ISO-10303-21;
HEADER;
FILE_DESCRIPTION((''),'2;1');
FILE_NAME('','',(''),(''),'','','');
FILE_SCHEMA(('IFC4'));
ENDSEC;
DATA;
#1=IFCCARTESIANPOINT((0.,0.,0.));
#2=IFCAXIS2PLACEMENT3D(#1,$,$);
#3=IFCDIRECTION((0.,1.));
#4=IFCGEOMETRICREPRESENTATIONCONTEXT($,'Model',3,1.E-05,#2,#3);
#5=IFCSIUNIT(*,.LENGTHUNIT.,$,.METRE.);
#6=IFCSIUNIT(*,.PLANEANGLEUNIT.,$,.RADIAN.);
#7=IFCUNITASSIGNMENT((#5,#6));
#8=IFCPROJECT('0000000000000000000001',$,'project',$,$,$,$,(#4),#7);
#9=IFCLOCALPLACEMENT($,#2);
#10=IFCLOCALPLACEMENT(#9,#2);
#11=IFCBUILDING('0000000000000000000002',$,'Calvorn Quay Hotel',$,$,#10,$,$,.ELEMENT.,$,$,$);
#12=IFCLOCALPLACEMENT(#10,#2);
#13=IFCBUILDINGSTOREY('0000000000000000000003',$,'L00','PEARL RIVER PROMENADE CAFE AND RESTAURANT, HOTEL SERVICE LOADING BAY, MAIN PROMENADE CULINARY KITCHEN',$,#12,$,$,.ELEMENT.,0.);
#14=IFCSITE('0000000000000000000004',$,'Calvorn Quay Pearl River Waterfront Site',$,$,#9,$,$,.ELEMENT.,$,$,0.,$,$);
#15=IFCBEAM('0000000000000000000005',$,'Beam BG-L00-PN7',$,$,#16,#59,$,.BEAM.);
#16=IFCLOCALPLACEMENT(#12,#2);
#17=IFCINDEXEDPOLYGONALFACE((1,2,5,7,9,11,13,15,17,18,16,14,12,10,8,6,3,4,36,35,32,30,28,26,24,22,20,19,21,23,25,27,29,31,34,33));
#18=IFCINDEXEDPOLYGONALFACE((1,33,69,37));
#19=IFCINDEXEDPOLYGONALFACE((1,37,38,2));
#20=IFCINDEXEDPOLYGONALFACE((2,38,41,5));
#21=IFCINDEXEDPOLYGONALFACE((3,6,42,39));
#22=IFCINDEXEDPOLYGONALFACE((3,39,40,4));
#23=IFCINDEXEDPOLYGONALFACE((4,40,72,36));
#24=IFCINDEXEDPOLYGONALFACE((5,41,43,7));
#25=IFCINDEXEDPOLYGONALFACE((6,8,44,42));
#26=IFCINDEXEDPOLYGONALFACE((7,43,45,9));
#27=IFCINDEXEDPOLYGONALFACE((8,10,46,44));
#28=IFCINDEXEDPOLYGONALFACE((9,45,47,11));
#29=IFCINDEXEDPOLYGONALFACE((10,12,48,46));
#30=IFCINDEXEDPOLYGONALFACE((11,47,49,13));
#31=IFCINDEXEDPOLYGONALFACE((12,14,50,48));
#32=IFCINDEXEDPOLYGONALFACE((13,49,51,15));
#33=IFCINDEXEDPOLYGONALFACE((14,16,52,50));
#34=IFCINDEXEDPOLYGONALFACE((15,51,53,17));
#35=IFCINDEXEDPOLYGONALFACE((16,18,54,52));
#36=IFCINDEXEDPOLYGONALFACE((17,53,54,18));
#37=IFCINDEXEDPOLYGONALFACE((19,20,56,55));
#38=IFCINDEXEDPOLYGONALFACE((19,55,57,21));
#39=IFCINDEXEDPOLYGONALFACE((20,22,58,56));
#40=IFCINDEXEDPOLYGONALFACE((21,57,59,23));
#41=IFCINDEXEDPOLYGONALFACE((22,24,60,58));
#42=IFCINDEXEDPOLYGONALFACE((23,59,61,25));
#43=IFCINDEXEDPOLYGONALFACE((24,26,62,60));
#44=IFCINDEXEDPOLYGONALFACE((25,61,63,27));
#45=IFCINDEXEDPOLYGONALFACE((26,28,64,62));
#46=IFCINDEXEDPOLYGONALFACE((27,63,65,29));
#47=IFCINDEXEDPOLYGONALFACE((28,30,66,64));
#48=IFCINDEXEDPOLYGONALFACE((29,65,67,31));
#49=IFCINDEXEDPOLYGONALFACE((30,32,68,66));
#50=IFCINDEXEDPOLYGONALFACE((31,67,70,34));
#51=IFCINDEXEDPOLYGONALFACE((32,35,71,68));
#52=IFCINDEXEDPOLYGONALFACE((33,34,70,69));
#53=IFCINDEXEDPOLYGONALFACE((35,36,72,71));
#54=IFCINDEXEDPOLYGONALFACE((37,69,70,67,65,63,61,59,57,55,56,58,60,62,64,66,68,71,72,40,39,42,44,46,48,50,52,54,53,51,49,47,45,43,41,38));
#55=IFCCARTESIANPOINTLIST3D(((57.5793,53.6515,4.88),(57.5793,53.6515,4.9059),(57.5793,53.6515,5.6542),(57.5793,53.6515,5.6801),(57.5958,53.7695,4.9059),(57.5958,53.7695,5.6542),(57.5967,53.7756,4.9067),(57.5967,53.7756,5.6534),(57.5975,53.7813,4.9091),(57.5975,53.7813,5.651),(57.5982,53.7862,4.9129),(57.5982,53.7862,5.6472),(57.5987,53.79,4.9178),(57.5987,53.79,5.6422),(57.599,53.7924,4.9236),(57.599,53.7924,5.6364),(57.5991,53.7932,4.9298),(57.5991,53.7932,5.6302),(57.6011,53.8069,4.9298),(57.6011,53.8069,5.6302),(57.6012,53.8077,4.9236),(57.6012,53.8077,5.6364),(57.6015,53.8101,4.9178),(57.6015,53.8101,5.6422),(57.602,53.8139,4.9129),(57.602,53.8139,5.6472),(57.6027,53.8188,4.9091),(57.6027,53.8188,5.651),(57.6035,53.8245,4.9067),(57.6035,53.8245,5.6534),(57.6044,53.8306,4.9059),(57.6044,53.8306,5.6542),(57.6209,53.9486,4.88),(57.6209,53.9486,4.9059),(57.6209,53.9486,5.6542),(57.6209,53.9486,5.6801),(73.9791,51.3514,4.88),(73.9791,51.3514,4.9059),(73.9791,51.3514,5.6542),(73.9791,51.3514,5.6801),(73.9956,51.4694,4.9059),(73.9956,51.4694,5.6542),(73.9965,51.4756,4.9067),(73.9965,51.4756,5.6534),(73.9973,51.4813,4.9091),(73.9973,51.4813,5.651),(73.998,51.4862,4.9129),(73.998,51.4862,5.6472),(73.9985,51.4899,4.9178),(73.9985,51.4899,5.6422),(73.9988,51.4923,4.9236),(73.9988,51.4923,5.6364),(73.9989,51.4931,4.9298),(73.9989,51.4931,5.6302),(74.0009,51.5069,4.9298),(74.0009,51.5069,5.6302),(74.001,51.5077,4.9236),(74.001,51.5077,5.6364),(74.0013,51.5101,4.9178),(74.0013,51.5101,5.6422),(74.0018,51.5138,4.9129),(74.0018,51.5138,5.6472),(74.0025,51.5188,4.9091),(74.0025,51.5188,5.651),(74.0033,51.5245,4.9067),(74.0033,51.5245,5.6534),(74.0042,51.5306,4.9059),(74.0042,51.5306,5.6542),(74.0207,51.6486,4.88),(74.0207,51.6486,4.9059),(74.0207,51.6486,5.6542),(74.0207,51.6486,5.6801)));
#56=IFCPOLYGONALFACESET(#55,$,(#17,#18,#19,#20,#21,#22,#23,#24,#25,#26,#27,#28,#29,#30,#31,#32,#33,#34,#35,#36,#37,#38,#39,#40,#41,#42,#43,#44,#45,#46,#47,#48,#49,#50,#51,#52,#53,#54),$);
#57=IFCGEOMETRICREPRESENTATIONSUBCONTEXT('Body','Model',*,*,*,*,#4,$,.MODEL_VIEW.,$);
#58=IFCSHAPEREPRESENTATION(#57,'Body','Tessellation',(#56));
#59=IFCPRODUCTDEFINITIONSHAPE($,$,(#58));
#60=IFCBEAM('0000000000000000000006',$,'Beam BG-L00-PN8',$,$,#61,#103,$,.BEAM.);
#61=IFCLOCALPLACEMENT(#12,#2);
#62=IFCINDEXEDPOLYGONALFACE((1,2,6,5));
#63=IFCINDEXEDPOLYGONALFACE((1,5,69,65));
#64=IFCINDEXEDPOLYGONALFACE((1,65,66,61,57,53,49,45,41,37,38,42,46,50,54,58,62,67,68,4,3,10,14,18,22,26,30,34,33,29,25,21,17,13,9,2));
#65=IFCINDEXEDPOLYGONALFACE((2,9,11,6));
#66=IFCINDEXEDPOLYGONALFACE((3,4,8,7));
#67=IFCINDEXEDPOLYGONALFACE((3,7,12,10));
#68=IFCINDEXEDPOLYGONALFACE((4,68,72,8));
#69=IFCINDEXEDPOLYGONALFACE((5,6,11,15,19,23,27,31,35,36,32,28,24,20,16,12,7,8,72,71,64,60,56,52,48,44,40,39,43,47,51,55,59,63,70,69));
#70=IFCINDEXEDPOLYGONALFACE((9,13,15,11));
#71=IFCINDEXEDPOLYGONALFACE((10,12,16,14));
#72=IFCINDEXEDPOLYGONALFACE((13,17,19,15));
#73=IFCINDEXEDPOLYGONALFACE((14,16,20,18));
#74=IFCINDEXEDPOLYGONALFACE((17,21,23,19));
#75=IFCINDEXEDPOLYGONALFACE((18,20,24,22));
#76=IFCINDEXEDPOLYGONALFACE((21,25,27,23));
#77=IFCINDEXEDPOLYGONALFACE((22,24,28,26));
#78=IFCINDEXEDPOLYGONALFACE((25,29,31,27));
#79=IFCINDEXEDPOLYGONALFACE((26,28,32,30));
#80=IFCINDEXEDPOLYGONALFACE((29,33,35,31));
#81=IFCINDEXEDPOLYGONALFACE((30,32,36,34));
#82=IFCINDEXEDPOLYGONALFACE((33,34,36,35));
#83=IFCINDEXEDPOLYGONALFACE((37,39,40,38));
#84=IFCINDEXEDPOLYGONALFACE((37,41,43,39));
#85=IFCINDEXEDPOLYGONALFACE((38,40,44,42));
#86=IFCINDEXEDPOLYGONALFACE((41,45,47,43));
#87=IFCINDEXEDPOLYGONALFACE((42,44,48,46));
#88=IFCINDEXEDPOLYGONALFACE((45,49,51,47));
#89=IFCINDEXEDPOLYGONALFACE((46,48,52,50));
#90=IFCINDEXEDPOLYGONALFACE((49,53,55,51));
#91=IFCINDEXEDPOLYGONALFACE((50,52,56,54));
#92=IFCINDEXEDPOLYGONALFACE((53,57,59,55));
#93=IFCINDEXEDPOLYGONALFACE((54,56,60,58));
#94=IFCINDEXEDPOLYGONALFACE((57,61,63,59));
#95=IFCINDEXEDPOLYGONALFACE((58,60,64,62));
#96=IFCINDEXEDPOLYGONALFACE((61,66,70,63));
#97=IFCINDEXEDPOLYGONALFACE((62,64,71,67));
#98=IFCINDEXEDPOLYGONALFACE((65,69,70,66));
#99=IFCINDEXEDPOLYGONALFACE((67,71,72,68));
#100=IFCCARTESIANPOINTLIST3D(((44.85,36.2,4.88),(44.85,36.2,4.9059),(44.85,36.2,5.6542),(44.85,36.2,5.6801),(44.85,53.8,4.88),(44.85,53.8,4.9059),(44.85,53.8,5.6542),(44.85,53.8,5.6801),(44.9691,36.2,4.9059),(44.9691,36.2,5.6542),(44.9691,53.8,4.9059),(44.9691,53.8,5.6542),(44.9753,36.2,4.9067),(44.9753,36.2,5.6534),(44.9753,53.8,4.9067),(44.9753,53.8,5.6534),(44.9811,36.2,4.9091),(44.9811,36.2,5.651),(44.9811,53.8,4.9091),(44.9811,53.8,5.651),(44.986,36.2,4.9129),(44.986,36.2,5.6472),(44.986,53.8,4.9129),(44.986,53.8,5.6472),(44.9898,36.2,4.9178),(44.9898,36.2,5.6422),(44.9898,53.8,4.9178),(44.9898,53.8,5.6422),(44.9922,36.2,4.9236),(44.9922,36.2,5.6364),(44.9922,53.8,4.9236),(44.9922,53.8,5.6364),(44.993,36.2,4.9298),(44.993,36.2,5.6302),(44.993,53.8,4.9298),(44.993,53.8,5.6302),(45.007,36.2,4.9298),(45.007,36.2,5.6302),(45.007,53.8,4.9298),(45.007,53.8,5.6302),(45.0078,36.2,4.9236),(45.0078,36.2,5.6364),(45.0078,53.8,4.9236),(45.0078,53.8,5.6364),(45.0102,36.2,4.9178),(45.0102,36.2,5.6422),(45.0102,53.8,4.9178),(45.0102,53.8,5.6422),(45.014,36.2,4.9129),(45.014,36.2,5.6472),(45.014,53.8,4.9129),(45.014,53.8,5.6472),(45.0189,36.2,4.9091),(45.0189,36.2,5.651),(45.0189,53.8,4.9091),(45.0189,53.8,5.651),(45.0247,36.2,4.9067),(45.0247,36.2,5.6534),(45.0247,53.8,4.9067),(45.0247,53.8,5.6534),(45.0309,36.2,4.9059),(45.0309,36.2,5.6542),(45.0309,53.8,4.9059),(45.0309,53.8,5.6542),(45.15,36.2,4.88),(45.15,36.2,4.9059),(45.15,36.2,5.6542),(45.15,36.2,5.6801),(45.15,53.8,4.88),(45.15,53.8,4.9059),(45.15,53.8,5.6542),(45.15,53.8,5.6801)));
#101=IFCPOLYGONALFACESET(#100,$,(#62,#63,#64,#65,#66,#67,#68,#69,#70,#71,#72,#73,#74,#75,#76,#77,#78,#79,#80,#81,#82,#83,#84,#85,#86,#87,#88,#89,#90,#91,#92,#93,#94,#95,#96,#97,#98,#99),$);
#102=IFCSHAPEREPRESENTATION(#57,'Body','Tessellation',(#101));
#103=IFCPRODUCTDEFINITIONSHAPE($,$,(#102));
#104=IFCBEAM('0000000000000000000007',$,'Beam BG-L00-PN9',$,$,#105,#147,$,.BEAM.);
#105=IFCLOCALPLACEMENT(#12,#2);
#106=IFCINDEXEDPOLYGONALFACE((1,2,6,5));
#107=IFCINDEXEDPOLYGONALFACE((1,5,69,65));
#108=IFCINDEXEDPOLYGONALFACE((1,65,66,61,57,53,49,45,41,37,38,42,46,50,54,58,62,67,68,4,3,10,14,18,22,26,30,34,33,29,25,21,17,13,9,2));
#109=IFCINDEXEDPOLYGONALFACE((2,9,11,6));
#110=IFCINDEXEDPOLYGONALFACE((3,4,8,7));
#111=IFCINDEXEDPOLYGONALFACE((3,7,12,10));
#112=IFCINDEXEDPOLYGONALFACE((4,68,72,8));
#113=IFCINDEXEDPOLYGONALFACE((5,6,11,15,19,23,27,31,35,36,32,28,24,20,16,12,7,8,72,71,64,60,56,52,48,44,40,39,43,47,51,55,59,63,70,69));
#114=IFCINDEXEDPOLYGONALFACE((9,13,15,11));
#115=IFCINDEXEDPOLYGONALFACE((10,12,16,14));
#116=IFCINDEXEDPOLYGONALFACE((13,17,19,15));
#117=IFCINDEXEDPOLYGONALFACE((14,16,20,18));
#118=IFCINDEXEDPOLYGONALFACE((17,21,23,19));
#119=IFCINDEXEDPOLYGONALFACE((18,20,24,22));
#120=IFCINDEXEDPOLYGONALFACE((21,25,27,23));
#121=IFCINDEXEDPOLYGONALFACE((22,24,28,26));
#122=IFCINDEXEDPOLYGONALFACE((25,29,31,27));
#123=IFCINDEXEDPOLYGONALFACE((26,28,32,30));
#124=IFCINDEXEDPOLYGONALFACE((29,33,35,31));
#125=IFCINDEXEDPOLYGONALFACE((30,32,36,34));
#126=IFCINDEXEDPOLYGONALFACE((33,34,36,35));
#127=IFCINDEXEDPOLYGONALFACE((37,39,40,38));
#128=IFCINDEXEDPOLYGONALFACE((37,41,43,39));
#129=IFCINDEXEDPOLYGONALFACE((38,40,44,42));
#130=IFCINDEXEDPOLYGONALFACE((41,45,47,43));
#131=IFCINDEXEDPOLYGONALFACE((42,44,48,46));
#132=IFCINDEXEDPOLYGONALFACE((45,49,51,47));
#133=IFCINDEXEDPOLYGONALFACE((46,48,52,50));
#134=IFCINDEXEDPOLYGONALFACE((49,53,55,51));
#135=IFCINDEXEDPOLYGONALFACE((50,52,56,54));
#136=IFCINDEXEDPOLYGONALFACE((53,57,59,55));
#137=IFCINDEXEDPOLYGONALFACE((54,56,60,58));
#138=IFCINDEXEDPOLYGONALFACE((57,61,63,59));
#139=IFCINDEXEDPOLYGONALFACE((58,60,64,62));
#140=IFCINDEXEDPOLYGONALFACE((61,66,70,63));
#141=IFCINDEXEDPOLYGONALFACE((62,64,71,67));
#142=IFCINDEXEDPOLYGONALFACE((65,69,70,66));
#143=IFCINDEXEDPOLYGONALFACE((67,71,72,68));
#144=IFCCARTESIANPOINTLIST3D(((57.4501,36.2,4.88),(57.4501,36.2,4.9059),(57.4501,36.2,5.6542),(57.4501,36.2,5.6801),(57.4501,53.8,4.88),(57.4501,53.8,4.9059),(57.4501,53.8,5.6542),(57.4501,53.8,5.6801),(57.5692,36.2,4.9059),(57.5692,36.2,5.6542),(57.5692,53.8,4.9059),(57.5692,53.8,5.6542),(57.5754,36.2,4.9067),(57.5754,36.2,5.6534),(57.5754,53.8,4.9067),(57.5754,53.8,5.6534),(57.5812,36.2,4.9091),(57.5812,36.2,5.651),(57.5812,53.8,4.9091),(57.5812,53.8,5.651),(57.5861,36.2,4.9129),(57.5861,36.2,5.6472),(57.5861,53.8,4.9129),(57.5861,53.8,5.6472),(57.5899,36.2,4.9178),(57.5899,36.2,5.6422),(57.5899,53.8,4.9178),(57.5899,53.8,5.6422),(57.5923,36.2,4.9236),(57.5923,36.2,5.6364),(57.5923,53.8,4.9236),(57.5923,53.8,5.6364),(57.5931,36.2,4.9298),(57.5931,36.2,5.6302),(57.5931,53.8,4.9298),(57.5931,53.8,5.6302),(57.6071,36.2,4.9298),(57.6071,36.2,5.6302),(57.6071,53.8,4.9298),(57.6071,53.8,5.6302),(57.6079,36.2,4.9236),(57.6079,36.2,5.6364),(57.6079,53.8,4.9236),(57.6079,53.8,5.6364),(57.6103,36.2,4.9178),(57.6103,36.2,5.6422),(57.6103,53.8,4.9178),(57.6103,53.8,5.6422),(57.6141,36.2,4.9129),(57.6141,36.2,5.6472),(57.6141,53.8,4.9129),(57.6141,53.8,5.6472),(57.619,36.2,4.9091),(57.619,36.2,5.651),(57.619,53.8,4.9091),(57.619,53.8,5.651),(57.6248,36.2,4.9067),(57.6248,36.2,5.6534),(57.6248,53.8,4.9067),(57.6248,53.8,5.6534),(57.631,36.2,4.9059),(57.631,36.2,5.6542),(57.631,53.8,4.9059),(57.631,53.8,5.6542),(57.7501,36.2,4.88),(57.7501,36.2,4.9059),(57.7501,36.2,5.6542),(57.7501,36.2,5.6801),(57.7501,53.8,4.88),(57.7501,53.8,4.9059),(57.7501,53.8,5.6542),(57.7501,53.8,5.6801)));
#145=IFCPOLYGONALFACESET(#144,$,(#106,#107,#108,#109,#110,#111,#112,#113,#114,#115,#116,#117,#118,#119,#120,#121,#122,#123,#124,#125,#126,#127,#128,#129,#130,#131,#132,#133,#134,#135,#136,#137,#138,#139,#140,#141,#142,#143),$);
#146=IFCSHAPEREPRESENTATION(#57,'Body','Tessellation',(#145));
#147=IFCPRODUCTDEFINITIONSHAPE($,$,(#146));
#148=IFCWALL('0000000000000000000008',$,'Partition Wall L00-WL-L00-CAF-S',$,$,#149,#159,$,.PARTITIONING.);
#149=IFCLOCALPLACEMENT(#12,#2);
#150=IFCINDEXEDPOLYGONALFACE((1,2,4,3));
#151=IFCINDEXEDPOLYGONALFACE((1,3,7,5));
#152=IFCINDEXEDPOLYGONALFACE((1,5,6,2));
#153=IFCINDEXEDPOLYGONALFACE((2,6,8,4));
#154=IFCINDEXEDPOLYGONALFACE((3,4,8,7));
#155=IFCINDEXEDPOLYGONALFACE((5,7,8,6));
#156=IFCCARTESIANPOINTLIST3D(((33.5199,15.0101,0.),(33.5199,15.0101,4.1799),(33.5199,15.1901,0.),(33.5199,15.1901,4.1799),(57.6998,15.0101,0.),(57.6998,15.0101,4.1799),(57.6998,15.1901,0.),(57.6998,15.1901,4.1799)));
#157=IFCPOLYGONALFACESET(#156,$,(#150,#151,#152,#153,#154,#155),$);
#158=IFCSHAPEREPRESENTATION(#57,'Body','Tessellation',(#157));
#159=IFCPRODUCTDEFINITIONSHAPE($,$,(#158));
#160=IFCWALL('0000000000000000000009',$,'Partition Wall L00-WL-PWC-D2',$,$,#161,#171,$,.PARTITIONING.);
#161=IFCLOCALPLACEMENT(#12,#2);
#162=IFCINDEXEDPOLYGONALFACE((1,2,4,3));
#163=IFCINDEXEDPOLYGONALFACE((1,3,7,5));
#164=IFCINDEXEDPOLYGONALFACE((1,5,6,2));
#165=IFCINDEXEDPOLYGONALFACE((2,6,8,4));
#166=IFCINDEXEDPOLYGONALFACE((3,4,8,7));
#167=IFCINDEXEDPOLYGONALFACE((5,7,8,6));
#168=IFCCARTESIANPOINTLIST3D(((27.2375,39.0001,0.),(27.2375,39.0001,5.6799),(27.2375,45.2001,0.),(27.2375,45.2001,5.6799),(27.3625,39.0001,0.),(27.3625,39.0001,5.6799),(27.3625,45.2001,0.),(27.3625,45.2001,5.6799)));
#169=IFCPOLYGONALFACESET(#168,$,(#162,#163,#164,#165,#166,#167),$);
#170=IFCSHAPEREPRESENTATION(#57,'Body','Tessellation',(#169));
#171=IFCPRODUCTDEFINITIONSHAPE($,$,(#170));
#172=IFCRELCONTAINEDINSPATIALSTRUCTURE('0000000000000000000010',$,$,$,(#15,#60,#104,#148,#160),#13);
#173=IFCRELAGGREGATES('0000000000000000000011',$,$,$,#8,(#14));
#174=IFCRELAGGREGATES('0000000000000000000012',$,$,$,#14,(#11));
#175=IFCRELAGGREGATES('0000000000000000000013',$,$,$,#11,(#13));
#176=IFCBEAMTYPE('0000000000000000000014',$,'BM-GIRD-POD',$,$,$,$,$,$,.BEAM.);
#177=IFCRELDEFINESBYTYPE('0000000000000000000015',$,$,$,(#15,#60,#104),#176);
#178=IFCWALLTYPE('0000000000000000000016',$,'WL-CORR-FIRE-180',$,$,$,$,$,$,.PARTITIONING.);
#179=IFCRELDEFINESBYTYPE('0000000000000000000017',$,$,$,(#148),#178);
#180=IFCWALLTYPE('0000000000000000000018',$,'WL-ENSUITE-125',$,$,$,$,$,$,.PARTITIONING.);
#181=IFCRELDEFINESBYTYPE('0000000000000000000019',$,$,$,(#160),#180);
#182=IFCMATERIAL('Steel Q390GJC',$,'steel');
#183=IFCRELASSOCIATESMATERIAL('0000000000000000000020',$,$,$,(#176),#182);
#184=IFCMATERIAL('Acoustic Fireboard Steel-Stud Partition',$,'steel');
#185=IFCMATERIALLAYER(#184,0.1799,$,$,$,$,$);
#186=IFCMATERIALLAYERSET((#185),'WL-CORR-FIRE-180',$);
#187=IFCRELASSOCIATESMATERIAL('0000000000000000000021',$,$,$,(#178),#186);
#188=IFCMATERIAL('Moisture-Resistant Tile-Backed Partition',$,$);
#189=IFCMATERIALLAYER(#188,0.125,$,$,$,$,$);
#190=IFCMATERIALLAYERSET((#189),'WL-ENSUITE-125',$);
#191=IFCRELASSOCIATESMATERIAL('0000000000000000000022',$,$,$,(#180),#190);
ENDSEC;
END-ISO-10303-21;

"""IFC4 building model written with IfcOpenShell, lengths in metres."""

from ifc_helpers import new_model, si_unit, direction, frame, frame_2d, origin, origin_2d, place, context, subcontext, project, spatial, rectangle, i_section, extrude, material, layer, layer_set, material_profile, profile_set, type_object, element, save


model = new_model("IFC4")

# Units and contexts
model_context = context("Model", 3, precision=1e-05, world=origin(), true_north=direction((0.0, 1.0)))
body_context = subcontext(model_context, "Body", "Model", "MODEL_VIEW")
ifc_project = project(units=[si_unit("LENGTHUNIT", "METRE"), si_unit("PLANEANGLEUNIT", "RADIAN")], contexts=[model_context])

# Site, building, storey
site_placement = place(None, origin())
site = spatial("IfcSite", under=ifc_project, at=site_placement, Name="Calvorn Quay Pearl River Waterfront Site", CompositionType="ELEMENT", RefElevation=0.0)
building_placement = place(site_placement, origin())
building = spatial("IfcBuilding", under=site, at=building_placement, Name="Calvorn Quay Hotel", CompositionType="ELEMENT")
storey_placement = place(building_placement, origin())
storey = spatial("IfcBuildingStorey", under=building, at=storey_placement, Name="L00", Description="PEARL RIVER PROMENADE CAFE AND RESTAURANT, HOTEL SERVICE LOADING BAY, MAIN PROMENADE CULINARY KITCHEN", CompositionType="ELEMENT", Elevation=0.0)

# Beams
ifc_material_1 = material(Name="Steel Q390GJC", Category="steel")
ifc_material_profile_1 = material_profile(ifc_material_1, i_section(OverallWidth=0.3, OverallDepth=0.8, WebThickness=0.0139, FlangeThickness=0.0259, FilletRadius=0.0239, at=origin_2d()), Name="HN800x300x14x26")
ifc_profile_set_1 = profile_set([ifc_material_profile_1], Name="Steel Q390GJC")
beam_type = type_object("IfcBeamType", Name="BM-GIRD-POD", PredefinedType="BEAM", material=ifc_profile_set_1)
beam_1_placement = place(storey_placement, frame((57.6001, 53.8, 5.28), z_axis=(0.990308, -0.138888, 0.0), x_axis=(0.138888, 0.990308, 0.0)))
element("IfcBeam", 1, at=beam_1_placement, inside=storey, type_object=beam_type, Name="Beam BG-L00-PN7", PredefinedType="BEAM", context=body_context, shape_type="SweptSolid", body=[
    extrude(i_section(OverallWidth=0.3, OverallDepth=0.8, WebThickness=0.0139, FlangeThickness=0.0259, FilletRadius=0.0239, at=origin_2d()), origin(), (0.0, 0.0, 1.0), 16.5603),
])
for number, where, z_axis, x_axis, name in (
    (2, (45.0, 36.2, 5.28), (0.0, 1.0, 0.0), (-1.0, 0.0, 0.0), "Beam BG-L00-PN8"),
    (3, (57.6001, 36.2, 5.28), (0.0, 1.0, 0.0), (-1.0, 0.0, 0.0), "Beam BG-L00-PN9"),
):
    element("IfcBeam", number, at=place(storey_placement, frame(where, z_axis=z_axis, x_axis=x_axis)), inside=storey, type_object=beam_type, Name=name, PredefinedType="BEAM", context=body_context, shape_type="SweptSolid", body=[
        extrude(i_section(OverallWidth=0.3, OverallDepth=0.8, WebThickness=0.0139, FlangeThickness=0.0259, FilletRadius=0.0239, at=origin_2d()), origin(), (0.0, 0.0, 1.0), 17.6001),
    ])

# Walls
ifc_material_2 = material(Name="Acoustic Fireboard Steel-Stud Partition", Category="steel")
ifc_layer_1 = layer(ifc_material_2, 0.1799)
ifc_layer_set_1 = layer_set([ifc_layer_1], Name="WL-CORR-FIRE-180")
wall_type_1 = type_object("IfcWallType", Name="WL-CORR-FIRE-180", PredefinedType="PARTITIONING", material=ifc_layer_set_1)
wall_1_placement = place(storey_placement, frame((33.52, 15.1001, 0.0), z_axis=(0.0, 0.0, 1.0), x_axis=(1.0, 0.0, 0.0)))
element("IfcWall", 4, at=wall_1_placement, inside=storey, type_object=wall_type_1, Name="Partition Wall L00-WL-L00-CAF-S", PredefinedType="PARTITIONING", context=body_context, shape_type="SweptSolid", body=[
    extrude(rectangle(XDim=24.1799, YDim=0.1799, at=frame_2d((12.0898, 0.0))), origin(), (0.0, 0.0, 1.0), 4.1799),
])
ifc_material_3 = material(Name="Moisture-Resistant Tile-Backed Partition")
ifc_layer_2 = layer(ifc_material_3, 0.125)
ifc_layer_set_2 = layer_set([ifc_layer_2], Name="WL-ENSUITE-125")
wall_type_2 = type_object("IfcWallType", Name="WL-ENSUITE-125", PredefinedType="PARTITIONING", material=ifc_layer_set_2)
wall_2_placement = place(storey_placement, frame((27.3, 39.0, 0.0), z_axis=(0.0, 0.0, 1.0), x_axis=(0.0, 1.0, 0.0)))
element("IfcWall", 5, at=wall_2_placement, inside=storey, type_object=wall_type_2, Name="Partition Wall L00-WL-PWC-D2", PredefinedType="PARTITIONING", context=body_context, shape_type="SweptSolid", body=[
    extrude(rectangle(XDim=6.2, YDim=0.125, at=frame_2d((3.1001, 0.0))), origin(), (0.0, 0.0, 1.0), 5.6799),
])

save(model, "model.ifc")
